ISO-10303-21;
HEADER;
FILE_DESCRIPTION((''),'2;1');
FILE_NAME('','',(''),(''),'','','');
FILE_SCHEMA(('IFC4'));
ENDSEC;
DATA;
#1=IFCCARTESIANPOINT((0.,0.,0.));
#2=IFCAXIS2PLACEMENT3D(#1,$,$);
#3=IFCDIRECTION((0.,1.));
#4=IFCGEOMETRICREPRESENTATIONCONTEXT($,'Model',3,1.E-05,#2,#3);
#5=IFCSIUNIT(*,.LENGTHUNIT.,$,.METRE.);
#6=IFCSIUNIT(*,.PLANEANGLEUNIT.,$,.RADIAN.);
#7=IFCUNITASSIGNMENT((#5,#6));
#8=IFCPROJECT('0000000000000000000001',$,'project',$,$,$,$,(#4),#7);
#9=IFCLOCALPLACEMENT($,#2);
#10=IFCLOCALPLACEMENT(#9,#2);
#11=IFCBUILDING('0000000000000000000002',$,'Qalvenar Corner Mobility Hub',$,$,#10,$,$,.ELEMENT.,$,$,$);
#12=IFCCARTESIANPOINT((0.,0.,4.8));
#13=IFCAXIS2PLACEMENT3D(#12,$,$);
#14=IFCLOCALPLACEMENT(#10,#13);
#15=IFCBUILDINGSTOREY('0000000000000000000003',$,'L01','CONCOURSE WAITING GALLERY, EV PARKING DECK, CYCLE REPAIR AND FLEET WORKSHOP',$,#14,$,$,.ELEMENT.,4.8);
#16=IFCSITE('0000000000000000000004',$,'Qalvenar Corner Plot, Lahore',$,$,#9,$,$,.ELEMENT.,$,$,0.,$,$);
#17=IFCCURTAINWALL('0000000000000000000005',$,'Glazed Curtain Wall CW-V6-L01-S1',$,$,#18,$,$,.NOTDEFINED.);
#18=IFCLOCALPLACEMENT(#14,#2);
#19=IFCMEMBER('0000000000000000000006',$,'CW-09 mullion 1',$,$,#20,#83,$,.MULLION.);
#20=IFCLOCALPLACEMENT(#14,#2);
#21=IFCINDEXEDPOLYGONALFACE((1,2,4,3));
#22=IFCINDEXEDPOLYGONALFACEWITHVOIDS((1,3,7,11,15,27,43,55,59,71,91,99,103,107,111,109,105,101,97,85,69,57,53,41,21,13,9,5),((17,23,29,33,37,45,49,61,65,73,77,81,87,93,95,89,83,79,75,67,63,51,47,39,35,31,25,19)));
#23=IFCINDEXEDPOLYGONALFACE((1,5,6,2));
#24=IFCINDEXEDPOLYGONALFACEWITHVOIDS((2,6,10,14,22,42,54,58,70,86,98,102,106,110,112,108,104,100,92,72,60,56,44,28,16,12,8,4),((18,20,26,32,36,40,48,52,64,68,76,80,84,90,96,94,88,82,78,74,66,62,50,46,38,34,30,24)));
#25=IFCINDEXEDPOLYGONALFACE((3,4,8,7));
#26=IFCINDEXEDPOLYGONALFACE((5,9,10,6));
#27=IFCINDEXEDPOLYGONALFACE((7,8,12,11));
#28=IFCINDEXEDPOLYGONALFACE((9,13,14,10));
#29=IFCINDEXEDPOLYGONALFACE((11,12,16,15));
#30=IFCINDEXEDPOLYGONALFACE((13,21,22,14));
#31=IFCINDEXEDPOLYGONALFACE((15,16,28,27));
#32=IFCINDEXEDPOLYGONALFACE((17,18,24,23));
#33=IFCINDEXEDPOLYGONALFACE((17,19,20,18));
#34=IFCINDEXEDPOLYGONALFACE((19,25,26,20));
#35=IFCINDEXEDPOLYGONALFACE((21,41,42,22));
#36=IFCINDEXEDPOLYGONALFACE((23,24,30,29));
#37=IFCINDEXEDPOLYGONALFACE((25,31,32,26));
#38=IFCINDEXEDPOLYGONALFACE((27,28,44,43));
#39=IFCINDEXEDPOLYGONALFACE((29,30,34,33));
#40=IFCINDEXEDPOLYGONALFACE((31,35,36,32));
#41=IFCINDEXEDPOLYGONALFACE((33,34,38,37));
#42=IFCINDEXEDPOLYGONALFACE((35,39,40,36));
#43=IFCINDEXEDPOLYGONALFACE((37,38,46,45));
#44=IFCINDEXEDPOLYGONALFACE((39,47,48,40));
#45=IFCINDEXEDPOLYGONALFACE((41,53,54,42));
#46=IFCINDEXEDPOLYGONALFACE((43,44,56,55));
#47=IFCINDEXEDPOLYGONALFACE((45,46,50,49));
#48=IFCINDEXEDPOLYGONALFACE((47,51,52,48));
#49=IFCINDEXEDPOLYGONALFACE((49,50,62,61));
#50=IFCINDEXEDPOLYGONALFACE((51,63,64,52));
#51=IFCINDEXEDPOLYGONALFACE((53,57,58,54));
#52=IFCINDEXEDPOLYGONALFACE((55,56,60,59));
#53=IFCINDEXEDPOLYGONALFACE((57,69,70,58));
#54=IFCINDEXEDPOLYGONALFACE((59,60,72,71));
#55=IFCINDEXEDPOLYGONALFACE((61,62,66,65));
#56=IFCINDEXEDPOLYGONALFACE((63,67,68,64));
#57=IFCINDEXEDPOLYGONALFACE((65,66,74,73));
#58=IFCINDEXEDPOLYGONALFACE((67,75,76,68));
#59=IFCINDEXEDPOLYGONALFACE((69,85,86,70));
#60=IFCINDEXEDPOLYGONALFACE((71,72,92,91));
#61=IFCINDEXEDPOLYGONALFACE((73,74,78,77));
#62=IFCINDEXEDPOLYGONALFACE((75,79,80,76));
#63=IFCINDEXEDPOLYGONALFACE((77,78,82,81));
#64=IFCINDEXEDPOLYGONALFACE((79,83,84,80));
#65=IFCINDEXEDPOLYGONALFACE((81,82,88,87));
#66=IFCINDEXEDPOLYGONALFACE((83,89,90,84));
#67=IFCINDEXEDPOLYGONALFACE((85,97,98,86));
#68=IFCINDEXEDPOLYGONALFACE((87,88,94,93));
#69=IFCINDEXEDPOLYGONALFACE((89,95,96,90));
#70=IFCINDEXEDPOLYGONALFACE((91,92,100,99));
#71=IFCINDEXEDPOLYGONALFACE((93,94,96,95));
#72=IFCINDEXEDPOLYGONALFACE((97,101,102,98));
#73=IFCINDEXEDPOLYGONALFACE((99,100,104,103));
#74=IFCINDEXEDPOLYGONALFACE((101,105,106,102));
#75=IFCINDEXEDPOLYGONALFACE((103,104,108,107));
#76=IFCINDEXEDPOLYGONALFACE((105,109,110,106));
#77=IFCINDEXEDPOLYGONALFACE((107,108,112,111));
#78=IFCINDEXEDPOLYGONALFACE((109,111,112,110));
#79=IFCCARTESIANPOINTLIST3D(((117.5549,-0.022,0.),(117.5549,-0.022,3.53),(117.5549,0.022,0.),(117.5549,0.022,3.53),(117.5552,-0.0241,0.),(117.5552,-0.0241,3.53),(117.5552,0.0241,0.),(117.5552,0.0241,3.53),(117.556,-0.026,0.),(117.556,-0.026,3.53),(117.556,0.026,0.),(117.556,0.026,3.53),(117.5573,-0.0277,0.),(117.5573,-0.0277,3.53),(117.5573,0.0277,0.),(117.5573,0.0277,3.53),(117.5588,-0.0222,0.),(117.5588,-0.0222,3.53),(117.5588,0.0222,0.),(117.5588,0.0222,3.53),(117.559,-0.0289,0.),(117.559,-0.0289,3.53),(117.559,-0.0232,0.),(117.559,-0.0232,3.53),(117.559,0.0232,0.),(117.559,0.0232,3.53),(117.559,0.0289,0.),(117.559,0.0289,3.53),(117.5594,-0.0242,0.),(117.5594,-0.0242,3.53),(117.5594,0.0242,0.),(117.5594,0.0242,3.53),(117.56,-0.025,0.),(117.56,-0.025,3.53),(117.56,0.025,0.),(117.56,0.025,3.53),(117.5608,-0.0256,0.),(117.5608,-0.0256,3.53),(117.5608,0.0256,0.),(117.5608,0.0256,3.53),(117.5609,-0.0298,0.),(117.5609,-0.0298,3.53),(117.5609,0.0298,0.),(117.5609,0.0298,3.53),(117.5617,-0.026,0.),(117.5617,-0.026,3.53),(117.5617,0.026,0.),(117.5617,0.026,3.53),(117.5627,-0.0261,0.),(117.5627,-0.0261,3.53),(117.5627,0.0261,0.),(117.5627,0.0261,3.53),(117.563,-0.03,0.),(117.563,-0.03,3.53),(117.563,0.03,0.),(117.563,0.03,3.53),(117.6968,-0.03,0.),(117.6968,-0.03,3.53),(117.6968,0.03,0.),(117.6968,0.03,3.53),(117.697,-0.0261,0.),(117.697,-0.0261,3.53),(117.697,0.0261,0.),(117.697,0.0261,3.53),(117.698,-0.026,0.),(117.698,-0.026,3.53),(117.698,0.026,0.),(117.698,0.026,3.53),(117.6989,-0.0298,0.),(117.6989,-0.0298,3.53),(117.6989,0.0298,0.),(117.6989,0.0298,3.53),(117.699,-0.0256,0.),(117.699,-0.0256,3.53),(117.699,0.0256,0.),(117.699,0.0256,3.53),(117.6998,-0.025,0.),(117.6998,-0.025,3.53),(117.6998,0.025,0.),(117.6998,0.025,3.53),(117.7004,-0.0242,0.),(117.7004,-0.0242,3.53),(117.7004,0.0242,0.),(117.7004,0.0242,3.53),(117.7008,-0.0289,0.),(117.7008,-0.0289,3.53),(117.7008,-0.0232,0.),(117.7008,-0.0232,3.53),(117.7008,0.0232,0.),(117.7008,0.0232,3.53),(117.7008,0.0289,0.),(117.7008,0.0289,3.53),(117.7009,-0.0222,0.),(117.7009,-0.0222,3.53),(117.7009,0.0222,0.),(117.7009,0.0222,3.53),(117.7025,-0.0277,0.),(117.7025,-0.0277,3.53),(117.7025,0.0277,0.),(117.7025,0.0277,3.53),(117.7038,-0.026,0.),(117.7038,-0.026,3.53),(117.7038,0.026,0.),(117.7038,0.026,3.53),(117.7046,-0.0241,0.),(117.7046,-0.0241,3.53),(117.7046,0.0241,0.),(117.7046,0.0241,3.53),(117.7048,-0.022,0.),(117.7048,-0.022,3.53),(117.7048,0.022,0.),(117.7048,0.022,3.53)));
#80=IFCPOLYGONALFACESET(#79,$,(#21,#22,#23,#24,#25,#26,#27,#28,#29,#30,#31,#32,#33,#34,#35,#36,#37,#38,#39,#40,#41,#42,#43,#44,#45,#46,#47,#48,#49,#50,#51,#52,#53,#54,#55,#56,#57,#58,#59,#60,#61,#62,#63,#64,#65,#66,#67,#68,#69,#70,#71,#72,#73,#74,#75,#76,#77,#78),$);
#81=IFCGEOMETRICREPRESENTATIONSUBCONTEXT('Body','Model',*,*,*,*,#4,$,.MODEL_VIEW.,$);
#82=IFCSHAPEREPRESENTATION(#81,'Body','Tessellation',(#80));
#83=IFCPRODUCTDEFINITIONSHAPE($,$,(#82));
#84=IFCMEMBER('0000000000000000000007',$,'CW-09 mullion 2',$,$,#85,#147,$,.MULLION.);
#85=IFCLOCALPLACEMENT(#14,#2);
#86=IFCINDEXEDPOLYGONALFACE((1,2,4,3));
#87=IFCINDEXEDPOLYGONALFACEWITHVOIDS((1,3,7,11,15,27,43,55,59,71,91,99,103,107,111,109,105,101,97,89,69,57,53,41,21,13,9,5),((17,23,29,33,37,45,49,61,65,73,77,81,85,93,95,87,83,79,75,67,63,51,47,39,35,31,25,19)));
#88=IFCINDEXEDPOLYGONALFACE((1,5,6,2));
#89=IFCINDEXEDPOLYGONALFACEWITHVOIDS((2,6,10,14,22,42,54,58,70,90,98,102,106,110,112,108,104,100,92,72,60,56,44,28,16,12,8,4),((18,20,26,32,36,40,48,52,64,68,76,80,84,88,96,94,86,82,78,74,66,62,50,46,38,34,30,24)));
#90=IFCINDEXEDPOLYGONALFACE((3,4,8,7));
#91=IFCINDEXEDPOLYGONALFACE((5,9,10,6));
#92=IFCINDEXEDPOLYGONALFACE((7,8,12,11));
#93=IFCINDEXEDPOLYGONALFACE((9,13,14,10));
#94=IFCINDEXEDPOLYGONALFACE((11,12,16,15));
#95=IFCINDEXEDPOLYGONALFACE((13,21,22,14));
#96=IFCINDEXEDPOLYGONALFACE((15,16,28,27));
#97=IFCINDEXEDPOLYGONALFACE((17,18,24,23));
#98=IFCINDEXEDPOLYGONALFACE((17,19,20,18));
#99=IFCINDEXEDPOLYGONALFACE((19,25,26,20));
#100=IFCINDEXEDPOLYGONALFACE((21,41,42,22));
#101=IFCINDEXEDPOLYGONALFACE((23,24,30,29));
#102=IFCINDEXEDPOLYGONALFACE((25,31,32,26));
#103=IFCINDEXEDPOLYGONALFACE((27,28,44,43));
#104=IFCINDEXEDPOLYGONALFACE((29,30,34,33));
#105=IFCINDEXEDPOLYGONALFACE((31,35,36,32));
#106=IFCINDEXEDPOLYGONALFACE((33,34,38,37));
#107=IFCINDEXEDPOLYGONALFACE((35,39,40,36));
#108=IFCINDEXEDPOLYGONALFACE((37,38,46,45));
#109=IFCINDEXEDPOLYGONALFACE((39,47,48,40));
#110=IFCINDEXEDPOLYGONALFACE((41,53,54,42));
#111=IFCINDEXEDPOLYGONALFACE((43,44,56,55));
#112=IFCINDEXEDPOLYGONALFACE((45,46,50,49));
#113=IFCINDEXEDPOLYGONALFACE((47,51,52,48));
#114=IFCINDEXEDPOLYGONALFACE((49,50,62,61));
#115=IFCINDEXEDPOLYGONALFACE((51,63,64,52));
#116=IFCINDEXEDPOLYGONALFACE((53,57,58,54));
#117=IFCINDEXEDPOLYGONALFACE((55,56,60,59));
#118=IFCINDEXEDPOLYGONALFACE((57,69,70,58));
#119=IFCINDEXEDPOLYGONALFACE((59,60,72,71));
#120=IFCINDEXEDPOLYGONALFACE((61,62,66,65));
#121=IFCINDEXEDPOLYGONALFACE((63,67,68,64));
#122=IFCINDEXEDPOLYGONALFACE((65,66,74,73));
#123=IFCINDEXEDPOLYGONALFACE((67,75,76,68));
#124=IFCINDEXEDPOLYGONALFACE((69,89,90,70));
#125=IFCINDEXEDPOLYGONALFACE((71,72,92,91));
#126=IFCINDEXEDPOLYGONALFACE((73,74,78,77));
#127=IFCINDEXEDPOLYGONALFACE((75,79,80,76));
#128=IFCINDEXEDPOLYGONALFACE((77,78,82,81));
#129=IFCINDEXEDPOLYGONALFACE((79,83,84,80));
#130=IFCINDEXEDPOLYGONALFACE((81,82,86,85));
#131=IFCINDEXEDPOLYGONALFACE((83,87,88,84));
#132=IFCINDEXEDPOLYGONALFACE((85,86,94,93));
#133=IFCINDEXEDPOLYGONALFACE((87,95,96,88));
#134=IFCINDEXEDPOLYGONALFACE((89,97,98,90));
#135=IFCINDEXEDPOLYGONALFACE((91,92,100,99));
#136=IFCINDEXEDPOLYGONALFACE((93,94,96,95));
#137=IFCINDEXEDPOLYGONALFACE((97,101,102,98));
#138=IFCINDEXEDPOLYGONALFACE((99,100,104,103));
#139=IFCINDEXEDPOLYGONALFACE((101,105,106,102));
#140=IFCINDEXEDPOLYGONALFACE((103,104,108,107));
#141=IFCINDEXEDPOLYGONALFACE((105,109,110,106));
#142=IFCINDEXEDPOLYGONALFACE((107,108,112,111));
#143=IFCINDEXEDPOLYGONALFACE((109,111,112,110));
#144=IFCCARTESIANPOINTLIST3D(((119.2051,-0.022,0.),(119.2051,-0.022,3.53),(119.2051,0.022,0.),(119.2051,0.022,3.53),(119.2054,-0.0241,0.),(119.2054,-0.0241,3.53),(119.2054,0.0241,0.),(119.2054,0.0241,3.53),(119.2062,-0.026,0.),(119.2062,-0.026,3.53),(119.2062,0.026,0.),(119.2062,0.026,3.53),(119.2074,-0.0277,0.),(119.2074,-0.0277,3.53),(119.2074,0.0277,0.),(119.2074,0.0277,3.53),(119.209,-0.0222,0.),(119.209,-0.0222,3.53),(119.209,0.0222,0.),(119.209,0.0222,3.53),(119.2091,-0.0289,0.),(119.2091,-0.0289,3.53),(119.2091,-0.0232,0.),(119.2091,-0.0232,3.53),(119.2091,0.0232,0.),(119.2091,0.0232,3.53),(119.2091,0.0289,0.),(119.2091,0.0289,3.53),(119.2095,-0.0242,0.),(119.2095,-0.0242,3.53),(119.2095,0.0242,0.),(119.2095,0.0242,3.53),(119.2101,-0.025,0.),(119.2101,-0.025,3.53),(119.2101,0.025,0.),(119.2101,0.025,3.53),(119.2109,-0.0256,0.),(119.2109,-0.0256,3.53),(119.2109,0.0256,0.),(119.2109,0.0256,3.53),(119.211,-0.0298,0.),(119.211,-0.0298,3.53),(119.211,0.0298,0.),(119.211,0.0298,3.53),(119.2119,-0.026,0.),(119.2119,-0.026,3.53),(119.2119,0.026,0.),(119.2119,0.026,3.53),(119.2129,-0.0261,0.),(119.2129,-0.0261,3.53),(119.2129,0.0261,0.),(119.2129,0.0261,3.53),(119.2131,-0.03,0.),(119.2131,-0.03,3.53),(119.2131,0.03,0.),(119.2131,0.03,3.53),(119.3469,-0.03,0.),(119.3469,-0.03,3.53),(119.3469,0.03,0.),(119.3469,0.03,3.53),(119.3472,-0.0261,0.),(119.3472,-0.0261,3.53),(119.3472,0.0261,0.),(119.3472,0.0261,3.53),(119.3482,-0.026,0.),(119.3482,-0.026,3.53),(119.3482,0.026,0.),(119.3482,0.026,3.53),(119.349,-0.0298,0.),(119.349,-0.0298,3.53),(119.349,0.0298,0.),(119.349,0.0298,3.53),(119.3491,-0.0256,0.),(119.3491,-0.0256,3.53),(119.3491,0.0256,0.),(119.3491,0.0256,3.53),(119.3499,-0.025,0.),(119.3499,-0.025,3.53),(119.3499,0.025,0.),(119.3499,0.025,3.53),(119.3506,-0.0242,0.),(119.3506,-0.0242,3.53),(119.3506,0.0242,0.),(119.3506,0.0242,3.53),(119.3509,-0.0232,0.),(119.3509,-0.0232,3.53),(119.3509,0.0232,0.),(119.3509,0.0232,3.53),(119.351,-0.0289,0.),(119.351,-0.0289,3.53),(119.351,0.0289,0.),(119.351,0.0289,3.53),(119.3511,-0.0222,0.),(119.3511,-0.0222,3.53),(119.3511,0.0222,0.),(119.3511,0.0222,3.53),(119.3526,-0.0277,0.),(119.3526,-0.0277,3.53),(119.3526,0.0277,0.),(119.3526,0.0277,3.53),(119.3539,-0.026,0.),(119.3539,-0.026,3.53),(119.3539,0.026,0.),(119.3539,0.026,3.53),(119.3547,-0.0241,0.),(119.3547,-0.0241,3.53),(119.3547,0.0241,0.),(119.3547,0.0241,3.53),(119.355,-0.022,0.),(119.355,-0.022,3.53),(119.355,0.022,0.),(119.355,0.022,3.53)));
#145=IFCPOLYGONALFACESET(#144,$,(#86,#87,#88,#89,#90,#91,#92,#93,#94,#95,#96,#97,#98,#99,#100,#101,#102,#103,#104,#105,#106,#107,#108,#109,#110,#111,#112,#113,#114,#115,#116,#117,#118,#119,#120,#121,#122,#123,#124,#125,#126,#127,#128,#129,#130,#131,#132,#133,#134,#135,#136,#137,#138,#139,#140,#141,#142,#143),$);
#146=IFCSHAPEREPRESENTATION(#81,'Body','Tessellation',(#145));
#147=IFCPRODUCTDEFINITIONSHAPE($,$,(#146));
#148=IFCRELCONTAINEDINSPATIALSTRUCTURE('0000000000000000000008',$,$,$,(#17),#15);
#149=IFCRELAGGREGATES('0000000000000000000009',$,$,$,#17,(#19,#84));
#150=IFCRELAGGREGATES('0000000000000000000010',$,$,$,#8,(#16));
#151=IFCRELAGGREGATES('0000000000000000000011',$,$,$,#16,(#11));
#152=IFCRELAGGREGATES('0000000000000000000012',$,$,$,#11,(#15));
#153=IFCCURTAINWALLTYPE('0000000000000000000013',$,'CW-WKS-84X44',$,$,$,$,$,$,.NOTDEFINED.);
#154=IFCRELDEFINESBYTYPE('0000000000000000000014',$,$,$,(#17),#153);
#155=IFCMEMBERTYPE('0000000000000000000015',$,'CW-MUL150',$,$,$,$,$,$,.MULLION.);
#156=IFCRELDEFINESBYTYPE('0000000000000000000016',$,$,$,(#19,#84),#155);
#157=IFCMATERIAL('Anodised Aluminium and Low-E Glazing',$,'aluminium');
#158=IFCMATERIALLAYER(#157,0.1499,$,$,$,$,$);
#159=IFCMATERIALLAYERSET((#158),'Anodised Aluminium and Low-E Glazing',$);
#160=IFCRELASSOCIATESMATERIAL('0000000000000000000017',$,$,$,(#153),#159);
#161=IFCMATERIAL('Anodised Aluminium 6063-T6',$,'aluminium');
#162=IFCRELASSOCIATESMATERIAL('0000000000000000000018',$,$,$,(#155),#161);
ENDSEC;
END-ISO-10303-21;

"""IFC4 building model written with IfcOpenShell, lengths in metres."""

from ifc_helpers import new_model, si_unit, direction, frame, origin, origin_2d, place, context, subcontext, project, spatial, hollow_rectangle, extrude, material, layer, layer_set, material_profile, profile_set, type_object, element, aggregate, save


model = new_model("IFC4")

# Units and contexts
model_context = context("Model", 3, precision=1e-05, world=origin(), true_north=direction((0.0, 1.0)))
body_context = subcontext(model_context, "Body", "Model", "MODEL_VIEW")
ifc_project = project(units=[si_unit("LENGTHUNIT", "METRE"), si_unit("PLANEANGLEUNIT", "RADIAN")], contexts=[model_context])

# Site, building, storey
site_placement = place(None, origin())
site = spatial("IfcSite", under=ifc_project, at=site_placement, Name="Qalvenar Corner Plot, Lahore", CompositionType="ELEMENT", RefElevation=0.0)
building_placement = place(site_placement, origin())
building = spatial("IfcBuilding", under=site, at=building_placement, Name="Qalvenar Corner Mobility Hub", CompositionType="ELEMENT")
storey_placement = place(building_placement, frame((0.0, 0.0, 4.8)))
storey = spatial("IfcBuildingStorey", under=building, at=storey_placement, Name="L01", Description="CONCOURSE WAITING GALLERY, EV PARKING DECK, CYCLE REPAIR AND FLEET WORKSHOP", CompositionType="ELEMENT", Elevation=4.8)

# Curtain wall, members
ifc_material_1 = material(Name="Anodised Aluminium and Low-E Glazing", Category="aluminium")
ifc_layer_1 = layer(ifc_material_1, 0.1499)
ifc_layer_set_1 = layer_set([ifc_layer_1], Name="Anodised Aluminium and Low-E Glazing")
curtain_wall_type = type_object("IfcCurtainWallType", Name="CW-WKS-84X44", PredefinedType="NOTDEFINED", material=ifc_layer_set_1)
curtain_wall_placement = place(storey_placement, origin())
curtain_wall = element("IfcCurtainWall", 1, at=curtain_wall_placement, inside=storey, type_object=curtain_wall_type, Name="Glazed Curtain Wall CW-V6-L01-S1", PredefinedType="NOTDEFINED")
ifc_material_2 = material(Name="Anodised Aluminium 6063-T6", Category="aluminium")
ifc_material_profile_1 = material_profile(ifc_material_2, hollow_rectangle(XDim=0.0601, YDim=0.1499, WallThickness=0.0039, InnerFilletRadius=0.0039, OuterFilletRadius=0.0081, at=origin_2d()), Name="RHS150x60x4")
ifc_profile_set_1 = profile_set([ifc_material_profile_1], Name="Anodised Aluminium 6063-T6")
member_type_1 = type_object("IfcMemberType", Name="CW-MUL150", PredefinedType="MULLION", material=ifc_profile_set_1)
member_1_placement = place(storey_placement, frame((117.6299, 0.0, 0.0), z_axis=(0.0, 0.0, 1.0), x_axis=(0.0, 1.0, 0.0)))
member_1 = element("IfcMember", 2, at=member_1_placement, type_object=member_type_1, Name="CW-09 mullion 1", PredefinedType="MULLION", context=body_context, shape_type="SweptSolid", body=[
    extrude(hollow_rectangle(XDim=0.0601, YDim=0.1499, WallThickness=0.0039, InnerFilletRadius=0.0039, OuterFilletRadius=0.0081, at=origin_2d()), origin(), (0.0, 0.0, 1.0), 3.53),
])
member_2_placement = place(storey_placement, frame((119.28, 0.0, 0.0), z_axis=(0.0, 0.0, 1.0), x_axis=(0.0, 1.0, 0.0)))
member_2 = element("IfcMember", 3, at=member_2_placement, type_object=member_type_1, Name="CW-09 mullion 2", PredefinedType="MULLION", context=body_context, shape_type="SweptSolid", body=[
    extrude(hollow_rectangle(XDim=0.0601, YDim=0.1499, WallThickness=0.0039, InnerFilletRadius=0.0039, OuterFilletRadius=0.0081, at=origin_2d()), origin(), (0.0, 0.0, 1.0), 3.53),
])
aggregate(curtain_wall, [member_1, member_2])

save(model, "model.ifc")
